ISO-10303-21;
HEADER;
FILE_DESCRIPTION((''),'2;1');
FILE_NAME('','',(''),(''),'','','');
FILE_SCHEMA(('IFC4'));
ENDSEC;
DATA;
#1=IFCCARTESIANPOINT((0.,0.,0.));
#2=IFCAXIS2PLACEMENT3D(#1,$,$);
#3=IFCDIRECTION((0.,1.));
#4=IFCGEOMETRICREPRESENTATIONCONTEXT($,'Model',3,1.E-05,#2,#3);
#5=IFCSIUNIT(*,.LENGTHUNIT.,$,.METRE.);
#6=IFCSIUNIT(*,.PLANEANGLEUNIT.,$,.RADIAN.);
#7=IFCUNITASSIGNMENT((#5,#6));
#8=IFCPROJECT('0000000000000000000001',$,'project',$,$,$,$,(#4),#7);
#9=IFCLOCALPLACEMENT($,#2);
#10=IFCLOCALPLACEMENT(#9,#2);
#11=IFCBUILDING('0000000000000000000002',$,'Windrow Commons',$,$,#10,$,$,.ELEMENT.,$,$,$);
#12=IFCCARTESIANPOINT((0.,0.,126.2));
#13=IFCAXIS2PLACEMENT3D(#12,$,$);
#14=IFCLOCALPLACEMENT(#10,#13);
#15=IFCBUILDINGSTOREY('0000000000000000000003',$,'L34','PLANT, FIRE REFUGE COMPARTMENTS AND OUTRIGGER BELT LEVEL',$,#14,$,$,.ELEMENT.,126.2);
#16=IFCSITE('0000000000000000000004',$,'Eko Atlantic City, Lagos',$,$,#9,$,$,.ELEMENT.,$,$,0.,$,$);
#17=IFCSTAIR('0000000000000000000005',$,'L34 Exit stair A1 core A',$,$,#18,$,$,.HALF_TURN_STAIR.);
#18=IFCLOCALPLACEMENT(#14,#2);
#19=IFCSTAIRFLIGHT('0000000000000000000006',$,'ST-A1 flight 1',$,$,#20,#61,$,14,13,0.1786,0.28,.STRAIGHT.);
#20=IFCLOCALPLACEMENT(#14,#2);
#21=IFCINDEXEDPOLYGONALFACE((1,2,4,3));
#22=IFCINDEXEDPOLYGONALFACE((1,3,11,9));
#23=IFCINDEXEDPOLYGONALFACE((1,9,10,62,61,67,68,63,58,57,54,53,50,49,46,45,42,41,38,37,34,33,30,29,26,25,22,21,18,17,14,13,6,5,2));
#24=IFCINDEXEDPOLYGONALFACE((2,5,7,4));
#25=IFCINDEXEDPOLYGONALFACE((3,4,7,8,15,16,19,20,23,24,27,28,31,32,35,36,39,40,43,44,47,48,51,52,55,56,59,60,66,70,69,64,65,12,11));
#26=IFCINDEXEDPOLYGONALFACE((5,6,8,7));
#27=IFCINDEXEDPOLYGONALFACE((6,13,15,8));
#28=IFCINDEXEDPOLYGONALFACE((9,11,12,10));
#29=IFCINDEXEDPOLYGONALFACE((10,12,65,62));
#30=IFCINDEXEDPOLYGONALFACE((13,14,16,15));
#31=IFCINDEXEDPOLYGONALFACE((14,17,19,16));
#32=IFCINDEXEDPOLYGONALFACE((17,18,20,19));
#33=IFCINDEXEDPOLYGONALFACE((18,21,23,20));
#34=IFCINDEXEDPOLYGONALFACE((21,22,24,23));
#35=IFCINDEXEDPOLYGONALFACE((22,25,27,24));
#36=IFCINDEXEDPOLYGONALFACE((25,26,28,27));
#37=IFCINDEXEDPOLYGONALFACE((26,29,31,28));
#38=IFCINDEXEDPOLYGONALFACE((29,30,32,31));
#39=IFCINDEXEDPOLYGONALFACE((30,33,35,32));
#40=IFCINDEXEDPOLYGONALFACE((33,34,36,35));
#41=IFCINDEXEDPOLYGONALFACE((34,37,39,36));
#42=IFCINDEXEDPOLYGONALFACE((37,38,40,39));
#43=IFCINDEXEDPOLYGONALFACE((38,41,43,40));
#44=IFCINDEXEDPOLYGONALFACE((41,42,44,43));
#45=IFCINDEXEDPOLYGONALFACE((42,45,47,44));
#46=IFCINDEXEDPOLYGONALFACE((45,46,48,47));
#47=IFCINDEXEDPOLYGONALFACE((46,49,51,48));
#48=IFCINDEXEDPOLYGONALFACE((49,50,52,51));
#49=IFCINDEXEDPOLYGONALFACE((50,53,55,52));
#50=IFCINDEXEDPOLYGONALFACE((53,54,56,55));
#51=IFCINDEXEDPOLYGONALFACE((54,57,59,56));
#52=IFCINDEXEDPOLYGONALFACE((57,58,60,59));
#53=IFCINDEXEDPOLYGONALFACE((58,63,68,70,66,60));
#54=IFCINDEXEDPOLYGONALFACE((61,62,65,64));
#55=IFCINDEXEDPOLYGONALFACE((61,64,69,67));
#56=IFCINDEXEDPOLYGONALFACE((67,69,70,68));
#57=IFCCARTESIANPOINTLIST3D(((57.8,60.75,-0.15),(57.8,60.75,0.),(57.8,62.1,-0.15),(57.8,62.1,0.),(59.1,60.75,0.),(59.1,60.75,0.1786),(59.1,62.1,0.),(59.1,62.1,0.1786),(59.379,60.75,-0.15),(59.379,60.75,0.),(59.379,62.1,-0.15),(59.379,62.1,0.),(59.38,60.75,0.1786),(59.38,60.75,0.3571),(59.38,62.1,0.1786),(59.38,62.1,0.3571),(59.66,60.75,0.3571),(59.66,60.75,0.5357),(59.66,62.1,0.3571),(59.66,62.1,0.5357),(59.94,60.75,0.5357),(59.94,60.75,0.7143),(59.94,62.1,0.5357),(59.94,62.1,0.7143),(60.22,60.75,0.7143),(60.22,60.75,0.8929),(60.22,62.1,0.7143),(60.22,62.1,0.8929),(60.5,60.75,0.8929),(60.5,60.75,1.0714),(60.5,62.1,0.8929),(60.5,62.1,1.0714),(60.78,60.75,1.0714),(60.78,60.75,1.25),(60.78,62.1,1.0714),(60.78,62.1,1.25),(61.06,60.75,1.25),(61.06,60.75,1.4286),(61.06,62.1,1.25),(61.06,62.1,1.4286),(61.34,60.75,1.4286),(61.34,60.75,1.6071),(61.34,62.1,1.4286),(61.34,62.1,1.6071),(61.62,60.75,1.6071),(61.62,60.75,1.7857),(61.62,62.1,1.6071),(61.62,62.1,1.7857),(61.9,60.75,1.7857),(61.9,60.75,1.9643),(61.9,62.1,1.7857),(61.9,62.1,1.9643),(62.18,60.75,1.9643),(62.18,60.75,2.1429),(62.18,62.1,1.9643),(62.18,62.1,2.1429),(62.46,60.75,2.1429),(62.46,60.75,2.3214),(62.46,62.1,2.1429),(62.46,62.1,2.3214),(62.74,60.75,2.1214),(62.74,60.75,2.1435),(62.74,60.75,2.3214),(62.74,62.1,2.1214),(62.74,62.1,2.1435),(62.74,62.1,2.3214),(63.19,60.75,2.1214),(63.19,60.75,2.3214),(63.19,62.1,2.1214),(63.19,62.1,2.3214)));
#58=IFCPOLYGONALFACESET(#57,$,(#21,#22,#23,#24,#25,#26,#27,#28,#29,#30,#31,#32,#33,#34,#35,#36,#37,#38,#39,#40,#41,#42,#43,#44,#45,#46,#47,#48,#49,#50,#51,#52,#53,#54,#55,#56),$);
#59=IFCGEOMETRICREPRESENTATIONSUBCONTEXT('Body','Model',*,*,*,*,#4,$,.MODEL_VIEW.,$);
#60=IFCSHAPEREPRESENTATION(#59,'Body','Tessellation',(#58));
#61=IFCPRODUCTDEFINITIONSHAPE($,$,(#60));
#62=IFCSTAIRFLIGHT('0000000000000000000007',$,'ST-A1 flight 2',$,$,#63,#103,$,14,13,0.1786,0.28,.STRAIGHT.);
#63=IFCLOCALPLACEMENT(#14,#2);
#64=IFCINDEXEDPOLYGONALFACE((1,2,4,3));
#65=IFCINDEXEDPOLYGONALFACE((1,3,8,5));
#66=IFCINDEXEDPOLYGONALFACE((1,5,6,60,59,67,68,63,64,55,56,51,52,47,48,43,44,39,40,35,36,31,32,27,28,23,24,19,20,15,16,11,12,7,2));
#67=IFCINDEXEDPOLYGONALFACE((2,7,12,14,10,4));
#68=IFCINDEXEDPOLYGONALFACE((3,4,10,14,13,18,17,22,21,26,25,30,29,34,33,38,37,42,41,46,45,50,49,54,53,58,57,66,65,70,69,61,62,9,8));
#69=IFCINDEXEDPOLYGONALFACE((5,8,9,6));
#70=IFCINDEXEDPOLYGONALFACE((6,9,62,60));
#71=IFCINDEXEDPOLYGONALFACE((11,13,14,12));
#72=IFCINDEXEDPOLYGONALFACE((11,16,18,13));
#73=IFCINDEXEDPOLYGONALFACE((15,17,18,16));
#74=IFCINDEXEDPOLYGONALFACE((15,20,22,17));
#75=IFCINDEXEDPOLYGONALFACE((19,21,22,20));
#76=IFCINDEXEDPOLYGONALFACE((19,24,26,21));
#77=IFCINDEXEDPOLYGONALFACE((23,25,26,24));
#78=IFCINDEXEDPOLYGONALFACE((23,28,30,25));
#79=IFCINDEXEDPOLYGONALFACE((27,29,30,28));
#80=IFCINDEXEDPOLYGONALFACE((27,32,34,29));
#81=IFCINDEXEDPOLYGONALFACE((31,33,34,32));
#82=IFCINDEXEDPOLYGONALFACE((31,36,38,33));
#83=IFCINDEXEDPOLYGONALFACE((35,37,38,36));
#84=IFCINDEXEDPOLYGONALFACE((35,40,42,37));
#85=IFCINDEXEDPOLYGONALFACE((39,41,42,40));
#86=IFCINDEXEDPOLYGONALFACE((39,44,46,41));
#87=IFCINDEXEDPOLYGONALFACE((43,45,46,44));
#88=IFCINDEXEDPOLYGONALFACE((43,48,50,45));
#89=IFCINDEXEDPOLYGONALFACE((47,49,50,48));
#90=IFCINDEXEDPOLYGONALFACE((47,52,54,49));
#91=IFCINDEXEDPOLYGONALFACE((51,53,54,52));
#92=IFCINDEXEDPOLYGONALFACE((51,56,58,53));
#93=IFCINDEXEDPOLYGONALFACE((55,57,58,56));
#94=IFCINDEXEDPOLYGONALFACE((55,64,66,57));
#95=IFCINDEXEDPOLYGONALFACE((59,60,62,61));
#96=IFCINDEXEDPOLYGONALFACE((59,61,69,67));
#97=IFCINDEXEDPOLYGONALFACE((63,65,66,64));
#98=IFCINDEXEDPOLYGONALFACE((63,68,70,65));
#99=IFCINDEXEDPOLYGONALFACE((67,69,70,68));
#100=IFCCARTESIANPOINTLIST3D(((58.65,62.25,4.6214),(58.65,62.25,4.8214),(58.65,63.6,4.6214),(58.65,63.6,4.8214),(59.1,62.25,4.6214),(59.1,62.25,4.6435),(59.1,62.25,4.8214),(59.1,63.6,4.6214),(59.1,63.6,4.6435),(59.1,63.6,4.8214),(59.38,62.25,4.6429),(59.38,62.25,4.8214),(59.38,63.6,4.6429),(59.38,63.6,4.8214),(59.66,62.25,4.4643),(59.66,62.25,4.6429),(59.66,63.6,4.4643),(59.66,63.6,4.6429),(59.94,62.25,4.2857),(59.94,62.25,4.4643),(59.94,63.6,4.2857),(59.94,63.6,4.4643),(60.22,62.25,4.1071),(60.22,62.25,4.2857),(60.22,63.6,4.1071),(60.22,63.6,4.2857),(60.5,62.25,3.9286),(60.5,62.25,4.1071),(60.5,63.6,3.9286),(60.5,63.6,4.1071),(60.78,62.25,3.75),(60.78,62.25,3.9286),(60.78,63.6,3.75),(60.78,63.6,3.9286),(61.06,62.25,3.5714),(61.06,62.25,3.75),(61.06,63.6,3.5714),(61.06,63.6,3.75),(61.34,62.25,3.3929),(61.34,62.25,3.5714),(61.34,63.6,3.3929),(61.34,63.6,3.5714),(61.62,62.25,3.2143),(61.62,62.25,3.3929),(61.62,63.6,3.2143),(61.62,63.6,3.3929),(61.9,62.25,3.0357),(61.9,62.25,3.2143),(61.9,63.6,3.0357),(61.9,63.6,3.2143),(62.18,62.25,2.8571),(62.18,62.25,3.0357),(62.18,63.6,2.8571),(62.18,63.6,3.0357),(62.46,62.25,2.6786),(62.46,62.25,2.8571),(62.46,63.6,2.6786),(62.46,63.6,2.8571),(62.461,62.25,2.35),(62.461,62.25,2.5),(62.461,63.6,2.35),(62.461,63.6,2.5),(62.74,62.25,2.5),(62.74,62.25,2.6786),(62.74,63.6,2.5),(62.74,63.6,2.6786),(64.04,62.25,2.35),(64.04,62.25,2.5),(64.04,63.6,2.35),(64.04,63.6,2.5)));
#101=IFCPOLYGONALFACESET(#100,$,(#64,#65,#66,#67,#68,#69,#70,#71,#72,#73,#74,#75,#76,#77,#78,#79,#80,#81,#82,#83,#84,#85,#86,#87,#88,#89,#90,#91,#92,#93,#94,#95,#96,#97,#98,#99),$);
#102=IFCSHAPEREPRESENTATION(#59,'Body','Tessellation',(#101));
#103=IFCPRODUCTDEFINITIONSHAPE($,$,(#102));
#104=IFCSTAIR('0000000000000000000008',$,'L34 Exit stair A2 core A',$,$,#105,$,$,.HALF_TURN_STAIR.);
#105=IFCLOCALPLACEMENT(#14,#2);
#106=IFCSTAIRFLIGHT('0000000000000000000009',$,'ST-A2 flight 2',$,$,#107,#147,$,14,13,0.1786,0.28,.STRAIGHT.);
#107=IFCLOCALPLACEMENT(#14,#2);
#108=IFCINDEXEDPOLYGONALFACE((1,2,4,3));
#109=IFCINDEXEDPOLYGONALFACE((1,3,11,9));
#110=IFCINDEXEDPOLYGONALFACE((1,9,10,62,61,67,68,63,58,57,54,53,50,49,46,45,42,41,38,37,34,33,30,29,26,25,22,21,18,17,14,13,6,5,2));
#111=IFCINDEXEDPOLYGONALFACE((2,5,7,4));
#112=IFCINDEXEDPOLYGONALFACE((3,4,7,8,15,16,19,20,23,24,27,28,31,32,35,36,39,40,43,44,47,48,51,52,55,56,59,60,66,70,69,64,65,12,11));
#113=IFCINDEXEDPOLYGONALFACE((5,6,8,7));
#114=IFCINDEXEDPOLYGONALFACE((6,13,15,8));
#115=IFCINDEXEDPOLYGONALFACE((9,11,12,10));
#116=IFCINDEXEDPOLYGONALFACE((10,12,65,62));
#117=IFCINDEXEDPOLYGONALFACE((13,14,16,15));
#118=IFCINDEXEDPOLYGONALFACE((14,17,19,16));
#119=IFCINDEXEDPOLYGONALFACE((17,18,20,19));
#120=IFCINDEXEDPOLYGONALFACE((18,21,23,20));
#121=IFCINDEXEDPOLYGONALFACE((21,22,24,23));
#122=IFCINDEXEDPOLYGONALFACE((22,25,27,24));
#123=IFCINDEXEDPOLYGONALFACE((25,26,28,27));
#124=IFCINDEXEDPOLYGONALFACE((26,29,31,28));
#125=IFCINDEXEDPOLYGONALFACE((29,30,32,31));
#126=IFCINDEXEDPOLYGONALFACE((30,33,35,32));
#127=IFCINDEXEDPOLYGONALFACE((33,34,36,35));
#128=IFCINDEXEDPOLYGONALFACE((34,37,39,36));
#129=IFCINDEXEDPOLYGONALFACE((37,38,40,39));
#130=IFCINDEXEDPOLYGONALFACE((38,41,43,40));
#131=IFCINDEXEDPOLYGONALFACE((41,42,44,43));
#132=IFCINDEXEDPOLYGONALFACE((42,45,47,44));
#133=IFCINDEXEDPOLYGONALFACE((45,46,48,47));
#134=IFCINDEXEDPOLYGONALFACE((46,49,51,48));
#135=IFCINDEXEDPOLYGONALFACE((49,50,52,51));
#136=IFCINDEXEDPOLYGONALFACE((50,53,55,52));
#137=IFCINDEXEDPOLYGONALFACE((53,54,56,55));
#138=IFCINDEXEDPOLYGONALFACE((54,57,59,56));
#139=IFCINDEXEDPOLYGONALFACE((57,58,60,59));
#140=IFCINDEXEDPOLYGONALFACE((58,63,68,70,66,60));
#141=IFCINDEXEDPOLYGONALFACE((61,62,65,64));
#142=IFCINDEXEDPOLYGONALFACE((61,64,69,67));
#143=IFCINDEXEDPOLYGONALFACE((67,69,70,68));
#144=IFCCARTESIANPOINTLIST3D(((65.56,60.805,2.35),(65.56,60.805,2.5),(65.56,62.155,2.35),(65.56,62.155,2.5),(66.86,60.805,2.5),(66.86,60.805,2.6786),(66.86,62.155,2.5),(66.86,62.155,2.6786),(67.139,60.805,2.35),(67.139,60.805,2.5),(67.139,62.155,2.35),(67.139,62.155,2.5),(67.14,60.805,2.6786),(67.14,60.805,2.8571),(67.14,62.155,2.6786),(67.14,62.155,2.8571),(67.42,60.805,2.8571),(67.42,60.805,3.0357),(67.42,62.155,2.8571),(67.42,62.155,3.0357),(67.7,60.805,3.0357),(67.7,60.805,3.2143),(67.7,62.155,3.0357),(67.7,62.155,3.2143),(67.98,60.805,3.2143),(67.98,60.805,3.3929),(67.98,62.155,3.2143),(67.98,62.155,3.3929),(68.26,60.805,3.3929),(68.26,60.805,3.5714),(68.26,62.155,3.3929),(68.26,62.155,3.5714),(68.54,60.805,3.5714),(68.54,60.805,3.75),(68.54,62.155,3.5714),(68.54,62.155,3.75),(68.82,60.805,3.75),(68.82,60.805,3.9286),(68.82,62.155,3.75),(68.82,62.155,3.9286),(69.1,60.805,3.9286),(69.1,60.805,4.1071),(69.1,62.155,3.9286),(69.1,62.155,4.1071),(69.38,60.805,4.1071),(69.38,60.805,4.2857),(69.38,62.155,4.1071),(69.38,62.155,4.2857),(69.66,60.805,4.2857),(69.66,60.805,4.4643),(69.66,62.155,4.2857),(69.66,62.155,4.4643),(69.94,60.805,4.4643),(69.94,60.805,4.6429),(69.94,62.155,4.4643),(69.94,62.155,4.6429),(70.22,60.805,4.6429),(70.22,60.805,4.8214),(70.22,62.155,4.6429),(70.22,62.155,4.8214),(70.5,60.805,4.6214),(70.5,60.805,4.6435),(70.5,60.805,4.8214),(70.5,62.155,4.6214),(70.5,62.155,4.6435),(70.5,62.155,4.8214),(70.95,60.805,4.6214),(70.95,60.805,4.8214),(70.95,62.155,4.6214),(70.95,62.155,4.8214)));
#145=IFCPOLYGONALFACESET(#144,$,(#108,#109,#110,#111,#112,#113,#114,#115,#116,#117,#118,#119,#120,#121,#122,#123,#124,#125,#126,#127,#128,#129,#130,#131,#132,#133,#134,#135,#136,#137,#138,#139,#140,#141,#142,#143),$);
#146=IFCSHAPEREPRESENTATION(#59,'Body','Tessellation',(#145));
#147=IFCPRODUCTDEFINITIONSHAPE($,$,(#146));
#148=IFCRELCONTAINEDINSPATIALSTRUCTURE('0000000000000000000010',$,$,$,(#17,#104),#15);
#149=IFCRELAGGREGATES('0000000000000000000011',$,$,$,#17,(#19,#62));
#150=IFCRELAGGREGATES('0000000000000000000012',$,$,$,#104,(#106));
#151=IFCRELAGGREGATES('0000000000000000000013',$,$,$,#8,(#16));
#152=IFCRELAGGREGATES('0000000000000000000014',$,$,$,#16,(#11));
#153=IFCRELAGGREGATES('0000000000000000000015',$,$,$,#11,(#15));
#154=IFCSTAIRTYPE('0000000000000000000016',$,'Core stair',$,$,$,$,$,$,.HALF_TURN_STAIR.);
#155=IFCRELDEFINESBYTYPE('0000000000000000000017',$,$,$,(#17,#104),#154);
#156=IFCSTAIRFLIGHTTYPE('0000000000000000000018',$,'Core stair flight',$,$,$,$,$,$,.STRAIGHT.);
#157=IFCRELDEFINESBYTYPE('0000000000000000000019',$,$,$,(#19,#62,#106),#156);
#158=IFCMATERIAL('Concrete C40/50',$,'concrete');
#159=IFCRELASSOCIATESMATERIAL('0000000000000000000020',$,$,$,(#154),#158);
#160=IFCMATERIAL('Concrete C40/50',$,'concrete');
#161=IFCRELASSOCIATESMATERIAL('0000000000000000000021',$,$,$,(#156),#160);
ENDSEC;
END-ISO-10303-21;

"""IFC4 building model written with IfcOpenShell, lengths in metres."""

from ifc_helpers import new_model, si_unit, direction, frame, origin, place, context, subcontext, project, spatial, polyline, outline, extrude, material, type_object, element, aggregate, save


model = new_model("IFC4")

# Units and contexts
model_context = context("Model", 3, precision=1e-05, world=origin(), true_north=direction((0.0, 1.0)))
body_context = subcontext(model_context, "Body", "Model", "MODEL_VIEW")
ifc_project = project(units=[si_unit("LENGTHUNIT", "METRE"), si_unit("PLANEANGLEUNIT", "RADIAN")], contexts=[model_context])

# Site, building, storey
site_placement = place(None, origin())
site = spatial("IfcSite", under=ifc_project, at=site_placement, Name="Eko Atlantic City, Lagos", CompositionType="ELEMENT", RefElevation=0.0)
building_placement = place(site_placement, origin())
building = spatial("IfcBuilding", under=site, at=building_placement, Name="Windrow Commons", CompositionType="ELEMENT")
storey_placement = place(building_placement, frame((0.0, 0.0, 126.2)))
storey = spatial("IfcBuildingStorey", under=building, at=storey_placement, Name="L34", Description="PLANT, FIRE REFUGE COMPARTMENTS AND OUTRIGGER BELT LEVEL", CompositionType="ELEMENT", Elevation=126.2)

# Stair, stair flights
ifc_material_1 = material(Name="Concrete C40/50", Category="concrete")
stair_type = type_object("IfcStairType", Name="Core stair", PredefinedType="HALF_TURN_STAIR", material=ifc_material_1)
placement = place(storey_placement, origin())
stair_1 = element("IfcStair", 1, at=placement, inside=storey, type_object=stair_type, Name="L34 Exit stair A1 core A", PredefinedType="HALF_TURN_STAIR")
ifc_material_2 = material(Name="Concrete C40/50", Category="concrete")
stair_flight_type = type_object("IfcStairFlightType", Name="Core stair flight", PredefinedType="STRAIGHT", material=ifc_material_2)
stair_flight_1_placement = place(storey_placement, frame((59.1, 61.425, 0.0), z_axis=(0.0, 0.0, 1.0), x_axis=(1.0, 0.0, 0.0)))
stair_flight_1 = element("IfcStairFlight", 2, at=stair_flight_1_placement, type_object=stair_flight_type, Name="ST-A1 flight 1", NumberOfRisers=14, NumberOfTreads=13, PredefinedType="STRAIGHT", RiserHeight=0.1786, TreadLength=0.28, context=body_context, shape_type="SweptSolid", body=[
    extrude(outline(polyline([(-1.3, -0.15), (-1.3, 0.0), (0.0, 0.0), (0.0, 0.1786), (0.28, 0.1786), (0.28, 0.3571), (0.56, 0.3571), (0.56, 0.5357), (0.84, 0.5357), (0.84, 0.7143), (1.12, 0.7143), (1.12, 0.8929), (1.4, 0.8929), (1.4, 1.0714), (1.68, 1.0714), (1.68, 1.25), (1.96, 1.25), (1.96, 1.4286), (2.24, 1.4286), (2.24, 1.6071), (2.52, 1.6071), (2.52, 1.7857), (2.8, 1.7857), (2.8, 1.9643), (3.08, 1.9643), (3.08, 2.1429), (3.36, 2.1429), (3.36, 2.3214), (3.64, 2.3214), (4.09, 2.3214), (4.09, 2.1214), (3.64, 2.1214), (3.64, 2.1435), (0.279, 0.0), (0.279, -0.15), (-1.3, -0.15)])), frame((0.0, 0.675, 0.0), z_axis=(0.0, -1.0, 0.0), x_axis=(1.0, 0.0, 0.0)), (0.0, 0.0, 1.0), 1.35),
])
stair_flight_2_placement = place(storey_placement, frame((62.74, 62.925, 2.5), z_axis=(0.0, 0.0, 1.0), x_axis=(-1.0, 0.0, 0.0)))
stair_flight_2 = element("IfcStairFlight", 3, at=stair_flight_2_placement, type_object=stair_flight_type, Name="ST-A1 flight 2", NumberOfRisers=14, NumberOfTreads=13, PredefinedType="STRAIGHT", RiserHeight=0.1786, TreadLength=0.28, context=body_context, shape_type="SweptSolid", body=[
    extrude(outline(polyline([(-1.3, -0.15), (-1.3, 0.0), (0.0, 0.0), (0.0, 0.1786), (0.28, 0.1786), (0.28, 0.3571), (0.56, 0.3571), (0.56, 0.5357), (0.84, 0.5357), (0.84, 0.7143), (1.12, 0.7143), (1.12, 0.8929), (1.4, 0.8929), (1.4, 1.0714), (1.68, 1.0714), (1.68, 1.25), (1.96, 1.25), (1.96, 1.4286), (2.24, 1.4286), (2.24, 1.6071), (2.52, 1.6071), (2.52, 1.7857), (2.8, 1.7857), (2.8, 1.9643), (3.08, 1.9643), (3.08, 2.1429), (3.36, 2.1429), (3.36, 2.3214), (3.64, 2.3214), (4.09, 2.3214), (4.09, 2.1214), (3.64, 2.1214), (3.64, 2.1435), (0.279, 0.0), (0.279, -0.15), (-1.3, -0.15)])), frame((0.0, 0.675, 0.0), z_axis=(0.0, -1.0, 0.0), x_axis=(1.0, 0.0, 0.0)), (0.0, 0.0, 1.0), 1.35),
])
aggregate(stair_1, [stair_flight_1, stair_flight_2])

# Stair, stair flight
stair_2 = element("IfcStair", 4, at=placement, inside=storey, type_object=stair_type, Name="L34 Exit stair A2 core A", PredefinedType="HALF_TURN_STAIR")
stair_flight_3_placement = place(storey_placement, frame((66.86, 61.48, 2.5), z_axis=(0.0, 0.0, 1.0), x_axis=(1.0, 0.0, 0.0)))
stair_flight_3 = element("IfcStairFlight", 5, at=stair_flight_3_placement, type_object=stair_flight_type, Name="ST-A2 flight 2", NumberOfRisers=14, NumberOfTreads=13, PredefinedType="STRAIGHT", RiserHeight=0.1786, TreadLength=0.28, context=body_context, shape_type="SweptSolid", body=[
    extrude(outline(polyline([(-1.3, -0.15), (-1.3, 0.0), (0.0, 0.0), (0.0, 0.1786), (0.28, 0.1786), (0.28, 0.3571), (0.56, 0.3571), (0.56, 0.5357), (0.84, 0.5357), (0.84, 0.7143), (1.12, 0.7143), (1.12, 0.8929), (1.4, 0.8929), (1.4, 1.0714), (1.68, 1.0714), (1.68, 1.25), (1.96, 1.25), (1.96, 1.4286), (2.24, 1.4286), (2.24, 1.6071), (2.52, 1.6071), (2.52, 1.7857), (2.8, 1.7857), (2.8, 1.9643), (3.08, 1.9643), (3.08, 2.1429), (3.36, 2.1429), (3.36, 2.3214), (3.64, 2.3214), (4.09, 2.3214), (4.09, 2.1214), (3.64, 2.1214), (3.64, 2.1435), (0.279, 0.0), (0.279, -0.15), (-1.3, -0.15)])), frame((0.0, 0.675, 0.0), z_axis=(0.0, -1.0, 0.0), x_axis=(1.0, 0.0, 0.0)), (0.0, 0.0, 1.0), 1.35),
])
aggregate(stair_2, [stair_flight_3])

save(model, "model.ifc")
